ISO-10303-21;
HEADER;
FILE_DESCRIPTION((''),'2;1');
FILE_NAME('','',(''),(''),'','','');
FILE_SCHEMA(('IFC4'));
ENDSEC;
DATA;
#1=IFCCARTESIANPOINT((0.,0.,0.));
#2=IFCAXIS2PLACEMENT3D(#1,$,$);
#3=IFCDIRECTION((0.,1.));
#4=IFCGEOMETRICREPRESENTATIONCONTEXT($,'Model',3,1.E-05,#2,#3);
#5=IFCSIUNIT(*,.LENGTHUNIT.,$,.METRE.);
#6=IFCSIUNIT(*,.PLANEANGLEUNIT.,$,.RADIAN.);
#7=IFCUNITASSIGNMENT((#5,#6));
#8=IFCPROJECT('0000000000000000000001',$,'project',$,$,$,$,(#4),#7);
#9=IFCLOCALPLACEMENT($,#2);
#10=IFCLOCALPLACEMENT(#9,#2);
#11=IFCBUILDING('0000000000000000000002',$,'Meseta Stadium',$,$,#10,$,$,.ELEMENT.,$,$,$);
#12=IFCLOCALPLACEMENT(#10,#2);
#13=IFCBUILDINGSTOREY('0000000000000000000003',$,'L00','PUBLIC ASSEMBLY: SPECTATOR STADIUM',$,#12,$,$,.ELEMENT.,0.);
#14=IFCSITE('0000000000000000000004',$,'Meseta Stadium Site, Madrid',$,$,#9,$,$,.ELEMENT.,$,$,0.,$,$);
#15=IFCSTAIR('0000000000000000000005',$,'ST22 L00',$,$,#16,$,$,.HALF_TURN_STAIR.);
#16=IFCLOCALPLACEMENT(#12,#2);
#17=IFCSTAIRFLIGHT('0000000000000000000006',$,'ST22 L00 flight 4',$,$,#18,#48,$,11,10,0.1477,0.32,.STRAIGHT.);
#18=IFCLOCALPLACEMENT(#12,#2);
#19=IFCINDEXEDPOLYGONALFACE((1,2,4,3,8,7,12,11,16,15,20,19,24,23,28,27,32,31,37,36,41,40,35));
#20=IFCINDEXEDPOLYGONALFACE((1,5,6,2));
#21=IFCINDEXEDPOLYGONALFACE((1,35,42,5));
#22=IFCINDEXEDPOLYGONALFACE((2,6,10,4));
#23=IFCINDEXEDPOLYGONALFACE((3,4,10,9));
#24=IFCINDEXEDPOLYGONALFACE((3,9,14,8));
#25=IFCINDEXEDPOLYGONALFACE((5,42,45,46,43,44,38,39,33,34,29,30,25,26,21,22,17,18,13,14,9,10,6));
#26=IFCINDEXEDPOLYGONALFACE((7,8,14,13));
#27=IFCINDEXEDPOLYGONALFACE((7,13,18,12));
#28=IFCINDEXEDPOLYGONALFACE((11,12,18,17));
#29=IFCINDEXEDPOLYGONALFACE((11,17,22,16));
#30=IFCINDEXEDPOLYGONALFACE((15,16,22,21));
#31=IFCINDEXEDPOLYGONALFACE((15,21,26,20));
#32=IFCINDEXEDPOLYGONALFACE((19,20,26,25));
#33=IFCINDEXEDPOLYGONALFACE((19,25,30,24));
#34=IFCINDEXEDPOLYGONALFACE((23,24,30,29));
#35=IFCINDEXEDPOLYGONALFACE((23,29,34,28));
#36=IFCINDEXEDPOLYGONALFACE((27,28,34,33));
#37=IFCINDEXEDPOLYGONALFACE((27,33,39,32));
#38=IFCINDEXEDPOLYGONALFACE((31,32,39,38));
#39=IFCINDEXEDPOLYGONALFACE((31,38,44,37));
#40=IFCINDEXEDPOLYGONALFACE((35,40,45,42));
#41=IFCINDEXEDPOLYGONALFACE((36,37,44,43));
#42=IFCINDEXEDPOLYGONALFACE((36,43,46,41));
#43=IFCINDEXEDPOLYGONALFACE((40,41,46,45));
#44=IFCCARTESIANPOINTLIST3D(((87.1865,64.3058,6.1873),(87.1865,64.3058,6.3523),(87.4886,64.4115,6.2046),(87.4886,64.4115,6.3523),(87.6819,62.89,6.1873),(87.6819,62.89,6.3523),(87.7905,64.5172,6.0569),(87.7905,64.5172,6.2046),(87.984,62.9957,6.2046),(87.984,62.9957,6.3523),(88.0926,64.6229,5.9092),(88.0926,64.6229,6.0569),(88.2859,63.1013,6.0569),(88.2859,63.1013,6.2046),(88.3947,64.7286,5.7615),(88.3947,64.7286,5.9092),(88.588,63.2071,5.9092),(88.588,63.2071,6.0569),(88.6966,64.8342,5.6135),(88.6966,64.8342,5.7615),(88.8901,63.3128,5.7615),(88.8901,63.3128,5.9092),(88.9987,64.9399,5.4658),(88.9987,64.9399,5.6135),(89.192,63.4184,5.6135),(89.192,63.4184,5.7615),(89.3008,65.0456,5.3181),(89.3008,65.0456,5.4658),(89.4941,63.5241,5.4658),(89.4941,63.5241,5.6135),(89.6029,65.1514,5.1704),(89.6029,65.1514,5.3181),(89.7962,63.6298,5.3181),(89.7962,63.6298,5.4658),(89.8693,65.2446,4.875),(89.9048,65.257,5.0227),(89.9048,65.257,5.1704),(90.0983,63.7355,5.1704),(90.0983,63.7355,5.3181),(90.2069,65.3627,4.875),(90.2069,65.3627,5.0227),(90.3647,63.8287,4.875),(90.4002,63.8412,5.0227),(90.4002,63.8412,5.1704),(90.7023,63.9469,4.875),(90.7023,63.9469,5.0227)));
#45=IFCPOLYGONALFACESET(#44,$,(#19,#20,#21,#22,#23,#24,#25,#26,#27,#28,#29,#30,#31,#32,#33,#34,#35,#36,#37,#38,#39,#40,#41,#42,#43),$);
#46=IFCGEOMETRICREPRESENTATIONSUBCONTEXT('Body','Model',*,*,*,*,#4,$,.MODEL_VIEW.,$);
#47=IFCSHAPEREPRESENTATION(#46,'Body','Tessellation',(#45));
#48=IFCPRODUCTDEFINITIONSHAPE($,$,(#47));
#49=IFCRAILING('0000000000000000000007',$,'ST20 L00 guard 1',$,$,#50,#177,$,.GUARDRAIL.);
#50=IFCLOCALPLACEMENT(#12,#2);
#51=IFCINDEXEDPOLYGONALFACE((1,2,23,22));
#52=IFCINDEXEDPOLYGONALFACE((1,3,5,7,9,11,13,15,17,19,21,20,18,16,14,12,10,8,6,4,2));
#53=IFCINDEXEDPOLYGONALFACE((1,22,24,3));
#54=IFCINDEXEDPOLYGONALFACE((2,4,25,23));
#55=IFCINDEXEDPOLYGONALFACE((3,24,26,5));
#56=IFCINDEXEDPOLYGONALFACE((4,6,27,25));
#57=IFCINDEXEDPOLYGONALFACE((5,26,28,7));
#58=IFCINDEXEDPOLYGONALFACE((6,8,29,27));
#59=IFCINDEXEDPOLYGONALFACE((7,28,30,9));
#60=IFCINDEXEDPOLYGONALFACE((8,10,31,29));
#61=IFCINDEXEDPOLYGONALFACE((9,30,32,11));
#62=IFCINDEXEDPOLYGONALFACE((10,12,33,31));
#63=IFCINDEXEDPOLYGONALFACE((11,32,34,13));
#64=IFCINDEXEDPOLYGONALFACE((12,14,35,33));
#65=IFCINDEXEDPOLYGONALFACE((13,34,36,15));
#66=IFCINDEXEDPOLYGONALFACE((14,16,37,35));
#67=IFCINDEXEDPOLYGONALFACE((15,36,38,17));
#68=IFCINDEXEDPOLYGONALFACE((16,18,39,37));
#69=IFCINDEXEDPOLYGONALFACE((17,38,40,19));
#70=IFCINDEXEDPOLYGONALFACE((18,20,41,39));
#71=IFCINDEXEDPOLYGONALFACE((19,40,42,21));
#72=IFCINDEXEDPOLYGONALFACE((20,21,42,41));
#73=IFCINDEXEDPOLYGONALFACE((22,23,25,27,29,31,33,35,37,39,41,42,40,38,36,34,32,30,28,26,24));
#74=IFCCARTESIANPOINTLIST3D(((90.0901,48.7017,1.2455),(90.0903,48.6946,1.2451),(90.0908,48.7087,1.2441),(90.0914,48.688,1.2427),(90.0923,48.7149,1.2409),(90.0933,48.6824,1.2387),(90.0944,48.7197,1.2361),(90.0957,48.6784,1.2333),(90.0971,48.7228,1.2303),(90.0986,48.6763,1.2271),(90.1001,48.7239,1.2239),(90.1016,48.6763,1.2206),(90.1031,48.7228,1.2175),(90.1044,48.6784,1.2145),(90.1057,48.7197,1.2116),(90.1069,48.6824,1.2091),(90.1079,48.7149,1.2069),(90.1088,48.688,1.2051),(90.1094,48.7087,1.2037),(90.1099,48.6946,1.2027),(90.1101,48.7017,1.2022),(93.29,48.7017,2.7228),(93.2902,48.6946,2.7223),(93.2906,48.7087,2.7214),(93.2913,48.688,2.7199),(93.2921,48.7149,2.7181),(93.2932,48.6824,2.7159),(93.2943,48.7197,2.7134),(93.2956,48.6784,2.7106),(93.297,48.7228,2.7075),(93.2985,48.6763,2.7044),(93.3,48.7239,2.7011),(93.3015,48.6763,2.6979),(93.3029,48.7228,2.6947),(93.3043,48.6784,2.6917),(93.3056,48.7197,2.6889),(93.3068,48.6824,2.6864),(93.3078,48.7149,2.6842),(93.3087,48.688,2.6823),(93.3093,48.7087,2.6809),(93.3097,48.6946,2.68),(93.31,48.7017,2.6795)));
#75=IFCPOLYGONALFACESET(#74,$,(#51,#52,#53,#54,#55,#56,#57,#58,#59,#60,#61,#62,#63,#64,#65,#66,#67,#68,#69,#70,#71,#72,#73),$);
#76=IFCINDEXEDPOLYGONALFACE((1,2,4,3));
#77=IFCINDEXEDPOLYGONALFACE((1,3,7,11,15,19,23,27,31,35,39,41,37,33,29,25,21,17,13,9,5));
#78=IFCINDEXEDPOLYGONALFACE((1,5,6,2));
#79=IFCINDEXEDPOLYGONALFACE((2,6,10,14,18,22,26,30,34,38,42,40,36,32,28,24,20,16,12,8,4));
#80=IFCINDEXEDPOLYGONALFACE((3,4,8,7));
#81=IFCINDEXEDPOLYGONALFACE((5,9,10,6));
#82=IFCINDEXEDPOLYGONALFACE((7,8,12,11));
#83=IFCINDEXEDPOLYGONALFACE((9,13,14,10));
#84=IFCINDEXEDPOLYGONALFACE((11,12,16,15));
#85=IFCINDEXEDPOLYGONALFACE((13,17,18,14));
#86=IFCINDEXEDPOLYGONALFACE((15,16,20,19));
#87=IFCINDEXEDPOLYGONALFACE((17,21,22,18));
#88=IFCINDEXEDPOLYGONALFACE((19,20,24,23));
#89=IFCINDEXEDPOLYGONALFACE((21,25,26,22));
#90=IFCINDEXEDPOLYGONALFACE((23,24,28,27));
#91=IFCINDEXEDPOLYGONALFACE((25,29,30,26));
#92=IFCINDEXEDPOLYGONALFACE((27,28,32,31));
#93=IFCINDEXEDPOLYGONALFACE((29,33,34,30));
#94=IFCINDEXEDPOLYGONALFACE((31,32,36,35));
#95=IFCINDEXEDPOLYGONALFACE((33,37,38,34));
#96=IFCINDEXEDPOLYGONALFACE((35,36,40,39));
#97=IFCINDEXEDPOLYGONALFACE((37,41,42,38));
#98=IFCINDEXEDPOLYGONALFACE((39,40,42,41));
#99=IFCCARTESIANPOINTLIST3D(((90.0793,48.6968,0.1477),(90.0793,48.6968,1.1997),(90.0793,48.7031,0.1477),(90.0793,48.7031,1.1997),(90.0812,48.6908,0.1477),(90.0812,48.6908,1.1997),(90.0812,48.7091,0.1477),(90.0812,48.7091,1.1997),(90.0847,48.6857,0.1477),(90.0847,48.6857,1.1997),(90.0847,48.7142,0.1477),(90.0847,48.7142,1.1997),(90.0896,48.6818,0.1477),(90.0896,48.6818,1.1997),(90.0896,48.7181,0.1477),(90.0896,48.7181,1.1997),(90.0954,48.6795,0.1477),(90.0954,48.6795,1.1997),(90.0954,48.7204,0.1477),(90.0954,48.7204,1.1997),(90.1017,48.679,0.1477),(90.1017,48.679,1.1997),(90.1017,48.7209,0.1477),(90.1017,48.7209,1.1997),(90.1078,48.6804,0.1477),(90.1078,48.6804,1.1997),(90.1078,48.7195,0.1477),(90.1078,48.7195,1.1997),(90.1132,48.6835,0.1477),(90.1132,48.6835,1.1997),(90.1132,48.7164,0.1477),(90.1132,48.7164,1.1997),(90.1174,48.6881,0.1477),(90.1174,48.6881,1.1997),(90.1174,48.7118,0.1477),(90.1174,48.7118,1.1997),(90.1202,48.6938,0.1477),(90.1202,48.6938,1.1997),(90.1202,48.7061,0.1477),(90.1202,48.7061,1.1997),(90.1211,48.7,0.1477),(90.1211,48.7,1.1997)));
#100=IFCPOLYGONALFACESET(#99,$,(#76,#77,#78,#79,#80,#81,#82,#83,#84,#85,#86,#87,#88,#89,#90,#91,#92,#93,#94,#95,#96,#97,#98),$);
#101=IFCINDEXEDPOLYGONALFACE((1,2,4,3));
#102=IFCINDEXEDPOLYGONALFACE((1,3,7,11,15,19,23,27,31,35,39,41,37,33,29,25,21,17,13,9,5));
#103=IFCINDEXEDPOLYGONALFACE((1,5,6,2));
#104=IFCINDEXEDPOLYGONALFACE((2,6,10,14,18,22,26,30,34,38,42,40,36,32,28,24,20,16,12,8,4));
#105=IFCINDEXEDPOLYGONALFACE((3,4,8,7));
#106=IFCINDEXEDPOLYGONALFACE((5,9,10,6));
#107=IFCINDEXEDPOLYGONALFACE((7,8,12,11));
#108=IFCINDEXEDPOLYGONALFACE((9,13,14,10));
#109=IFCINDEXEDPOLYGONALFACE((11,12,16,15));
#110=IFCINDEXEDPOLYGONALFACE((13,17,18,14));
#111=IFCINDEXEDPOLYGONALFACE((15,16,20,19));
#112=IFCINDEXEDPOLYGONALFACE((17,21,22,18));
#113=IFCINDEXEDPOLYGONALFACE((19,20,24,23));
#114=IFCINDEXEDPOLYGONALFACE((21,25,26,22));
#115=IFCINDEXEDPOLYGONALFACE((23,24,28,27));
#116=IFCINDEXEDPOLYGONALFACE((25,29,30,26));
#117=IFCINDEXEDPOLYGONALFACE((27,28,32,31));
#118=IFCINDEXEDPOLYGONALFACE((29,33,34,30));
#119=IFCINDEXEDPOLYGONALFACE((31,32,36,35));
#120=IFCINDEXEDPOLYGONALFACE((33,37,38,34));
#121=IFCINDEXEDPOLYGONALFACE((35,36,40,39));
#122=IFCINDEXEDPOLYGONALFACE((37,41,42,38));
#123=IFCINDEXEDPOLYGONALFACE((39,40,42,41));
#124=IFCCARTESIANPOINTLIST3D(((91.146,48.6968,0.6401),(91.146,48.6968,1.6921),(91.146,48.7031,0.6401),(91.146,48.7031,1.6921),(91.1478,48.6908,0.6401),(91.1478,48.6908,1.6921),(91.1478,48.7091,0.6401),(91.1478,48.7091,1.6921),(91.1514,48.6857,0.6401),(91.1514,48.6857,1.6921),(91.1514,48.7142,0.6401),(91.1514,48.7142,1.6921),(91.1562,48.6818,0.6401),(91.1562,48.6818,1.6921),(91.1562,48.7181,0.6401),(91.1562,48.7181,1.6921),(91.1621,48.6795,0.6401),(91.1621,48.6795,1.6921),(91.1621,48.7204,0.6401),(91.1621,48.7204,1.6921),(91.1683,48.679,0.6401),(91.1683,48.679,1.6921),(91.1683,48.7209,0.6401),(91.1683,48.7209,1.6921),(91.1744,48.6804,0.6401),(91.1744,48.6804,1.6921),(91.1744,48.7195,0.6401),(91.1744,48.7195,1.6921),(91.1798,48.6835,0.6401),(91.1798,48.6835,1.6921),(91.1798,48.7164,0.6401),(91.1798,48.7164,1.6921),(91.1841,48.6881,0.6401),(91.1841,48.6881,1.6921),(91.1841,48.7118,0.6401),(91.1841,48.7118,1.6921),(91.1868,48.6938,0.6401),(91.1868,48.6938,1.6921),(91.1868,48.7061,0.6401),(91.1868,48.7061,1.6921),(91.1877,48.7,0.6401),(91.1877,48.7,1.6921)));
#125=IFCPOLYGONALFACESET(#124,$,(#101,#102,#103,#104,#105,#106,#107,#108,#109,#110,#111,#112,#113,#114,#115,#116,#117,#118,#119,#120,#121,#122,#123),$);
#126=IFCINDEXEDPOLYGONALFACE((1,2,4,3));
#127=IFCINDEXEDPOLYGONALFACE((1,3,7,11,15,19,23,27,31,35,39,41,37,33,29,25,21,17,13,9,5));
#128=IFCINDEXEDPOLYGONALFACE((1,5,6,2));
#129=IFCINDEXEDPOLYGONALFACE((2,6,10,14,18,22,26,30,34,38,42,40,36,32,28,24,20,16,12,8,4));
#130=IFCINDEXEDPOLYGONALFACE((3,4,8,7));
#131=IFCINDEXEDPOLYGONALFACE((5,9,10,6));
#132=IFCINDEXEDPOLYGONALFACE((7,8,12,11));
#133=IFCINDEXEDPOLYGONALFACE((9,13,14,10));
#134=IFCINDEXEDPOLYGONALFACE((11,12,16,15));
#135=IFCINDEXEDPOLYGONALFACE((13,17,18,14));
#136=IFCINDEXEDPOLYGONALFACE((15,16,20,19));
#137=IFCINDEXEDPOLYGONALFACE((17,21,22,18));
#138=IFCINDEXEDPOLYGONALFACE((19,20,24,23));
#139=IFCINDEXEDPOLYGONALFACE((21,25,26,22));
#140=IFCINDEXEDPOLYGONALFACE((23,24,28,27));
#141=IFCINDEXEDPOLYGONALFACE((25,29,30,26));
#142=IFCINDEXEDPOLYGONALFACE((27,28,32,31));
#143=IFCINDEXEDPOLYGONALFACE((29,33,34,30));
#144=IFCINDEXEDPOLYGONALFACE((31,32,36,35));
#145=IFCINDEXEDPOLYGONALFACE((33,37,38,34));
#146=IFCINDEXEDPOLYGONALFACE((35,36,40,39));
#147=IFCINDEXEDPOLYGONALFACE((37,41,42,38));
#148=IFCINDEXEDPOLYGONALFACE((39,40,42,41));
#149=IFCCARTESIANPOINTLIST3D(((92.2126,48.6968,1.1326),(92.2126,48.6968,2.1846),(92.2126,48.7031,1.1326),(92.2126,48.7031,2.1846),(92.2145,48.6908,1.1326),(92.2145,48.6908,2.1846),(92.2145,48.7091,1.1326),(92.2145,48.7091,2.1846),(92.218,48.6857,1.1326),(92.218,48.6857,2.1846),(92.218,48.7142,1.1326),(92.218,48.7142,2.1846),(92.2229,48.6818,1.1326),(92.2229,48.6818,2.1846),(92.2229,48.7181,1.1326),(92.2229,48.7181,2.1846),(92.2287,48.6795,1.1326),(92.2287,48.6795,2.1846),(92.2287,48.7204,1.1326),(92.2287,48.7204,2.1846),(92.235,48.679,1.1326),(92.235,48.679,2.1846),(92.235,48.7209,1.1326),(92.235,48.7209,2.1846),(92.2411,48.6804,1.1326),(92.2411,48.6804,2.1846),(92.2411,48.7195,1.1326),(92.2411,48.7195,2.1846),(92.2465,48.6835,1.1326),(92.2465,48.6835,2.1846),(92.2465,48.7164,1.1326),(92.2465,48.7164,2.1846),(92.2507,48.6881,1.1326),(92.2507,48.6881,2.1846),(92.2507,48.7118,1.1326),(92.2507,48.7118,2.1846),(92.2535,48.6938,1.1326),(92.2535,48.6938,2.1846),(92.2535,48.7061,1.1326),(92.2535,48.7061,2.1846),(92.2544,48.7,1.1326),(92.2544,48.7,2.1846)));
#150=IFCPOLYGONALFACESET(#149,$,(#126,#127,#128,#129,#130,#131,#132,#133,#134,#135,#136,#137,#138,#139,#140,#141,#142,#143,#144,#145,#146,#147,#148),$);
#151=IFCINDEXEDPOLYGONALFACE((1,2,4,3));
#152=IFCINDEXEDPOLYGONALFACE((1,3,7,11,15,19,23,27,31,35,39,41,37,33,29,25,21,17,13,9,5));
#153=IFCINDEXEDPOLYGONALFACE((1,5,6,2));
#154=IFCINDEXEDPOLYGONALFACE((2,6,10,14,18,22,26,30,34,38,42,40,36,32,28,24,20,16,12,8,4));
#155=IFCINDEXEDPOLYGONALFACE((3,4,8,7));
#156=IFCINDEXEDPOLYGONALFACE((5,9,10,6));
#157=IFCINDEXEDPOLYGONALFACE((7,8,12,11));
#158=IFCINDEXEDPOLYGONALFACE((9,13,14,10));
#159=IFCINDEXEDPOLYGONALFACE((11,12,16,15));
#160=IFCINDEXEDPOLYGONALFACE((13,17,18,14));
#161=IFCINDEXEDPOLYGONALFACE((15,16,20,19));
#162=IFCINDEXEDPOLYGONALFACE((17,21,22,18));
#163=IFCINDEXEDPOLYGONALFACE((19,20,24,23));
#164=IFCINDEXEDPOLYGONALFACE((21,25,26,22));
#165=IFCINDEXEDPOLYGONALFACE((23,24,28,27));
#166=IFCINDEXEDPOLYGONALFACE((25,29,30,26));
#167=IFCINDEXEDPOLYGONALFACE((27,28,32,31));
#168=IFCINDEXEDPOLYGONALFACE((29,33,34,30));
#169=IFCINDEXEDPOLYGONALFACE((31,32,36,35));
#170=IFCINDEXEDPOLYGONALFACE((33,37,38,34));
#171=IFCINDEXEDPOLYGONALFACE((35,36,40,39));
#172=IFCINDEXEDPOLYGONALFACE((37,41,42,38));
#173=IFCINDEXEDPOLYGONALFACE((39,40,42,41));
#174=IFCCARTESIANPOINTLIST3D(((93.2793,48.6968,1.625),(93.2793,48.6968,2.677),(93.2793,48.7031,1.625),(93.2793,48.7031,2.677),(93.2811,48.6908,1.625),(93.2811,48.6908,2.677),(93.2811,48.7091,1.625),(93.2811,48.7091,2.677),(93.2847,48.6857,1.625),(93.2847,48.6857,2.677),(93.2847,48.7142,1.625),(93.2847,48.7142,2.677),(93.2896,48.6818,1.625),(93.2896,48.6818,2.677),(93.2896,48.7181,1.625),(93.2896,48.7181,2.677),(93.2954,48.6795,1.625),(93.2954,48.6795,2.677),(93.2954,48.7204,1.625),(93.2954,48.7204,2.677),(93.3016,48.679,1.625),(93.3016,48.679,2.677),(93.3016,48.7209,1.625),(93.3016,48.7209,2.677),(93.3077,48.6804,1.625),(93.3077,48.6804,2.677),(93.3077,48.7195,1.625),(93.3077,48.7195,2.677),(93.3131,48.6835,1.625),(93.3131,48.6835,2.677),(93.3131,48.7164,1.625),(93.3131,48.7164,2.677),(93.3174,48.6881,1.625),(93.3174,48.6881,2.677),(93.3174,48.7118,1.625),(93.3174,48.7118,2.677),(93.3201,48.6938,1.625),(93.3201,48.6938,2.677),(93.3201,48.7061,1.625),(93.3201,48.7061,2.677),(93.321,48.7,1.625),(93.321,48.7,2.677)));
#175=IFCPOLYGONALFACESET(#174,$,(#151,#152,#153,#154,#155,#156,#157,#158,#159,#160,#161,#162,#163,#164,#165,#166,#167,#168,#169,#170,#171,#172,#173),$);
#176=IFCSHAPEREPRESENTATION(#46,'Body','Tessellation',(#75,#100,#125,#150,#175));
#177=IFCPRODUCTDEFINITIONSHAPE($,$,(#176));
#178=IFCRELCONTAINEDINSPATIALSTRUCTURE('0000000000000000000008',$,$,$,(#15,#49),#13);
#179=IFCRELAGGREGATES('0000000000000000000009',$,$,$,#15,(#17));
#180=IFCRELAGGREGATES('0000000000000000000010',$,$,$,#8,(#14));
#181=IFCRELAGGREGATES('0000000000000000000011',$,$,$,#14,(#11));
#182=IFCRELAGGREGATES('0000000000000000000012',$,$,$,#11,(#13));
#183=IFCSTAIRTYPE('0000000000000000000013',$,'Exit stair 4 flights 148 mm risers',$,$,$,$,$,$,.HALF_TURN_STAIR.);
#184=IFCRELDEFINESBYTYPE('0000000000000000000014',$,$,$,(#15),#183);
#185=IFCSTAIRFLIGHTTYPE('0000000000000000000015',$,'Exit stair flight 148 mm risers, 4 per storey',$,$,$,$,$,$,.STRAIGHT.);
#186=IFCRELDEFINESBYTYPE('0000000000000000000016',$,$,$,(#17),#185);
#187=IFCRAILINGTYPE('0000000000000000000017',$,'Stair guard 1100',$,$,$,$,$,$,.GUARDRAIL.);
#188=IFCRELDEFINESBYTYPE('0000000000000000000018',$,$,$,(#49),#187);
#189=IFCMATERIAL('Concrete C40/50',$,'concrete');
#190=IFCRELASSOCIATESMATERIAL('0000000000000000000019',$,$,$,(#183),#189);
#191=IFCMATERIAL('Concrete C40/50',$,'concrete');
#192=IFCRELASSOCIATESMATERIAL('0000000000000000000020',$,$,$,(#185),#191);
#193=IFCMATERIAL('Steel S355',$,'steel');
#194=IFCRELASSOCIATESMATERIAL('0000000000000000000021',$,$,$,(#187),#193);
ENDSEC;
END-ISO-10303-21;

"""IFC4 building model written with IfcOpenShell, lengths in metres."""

from ifc_helpers import new_model, si_unit, direction, frame, origin, origin_2d, place, context, subcontext, project, spatial, polyline, circle, outline, extrude, material, type_object, element, aggregate, save


model = new_model("IFC4")

# Units and contexts
model_context = context("Model", 3, precision=1e-05, world=origin(), true_north=direction((0.0, 1.0)))
body_context = subcontext(model_context, "Body", "Model", "MODEL_VIEW")
ifc_project = project(units=[si_unit("LENGTHUNIT", "METRE"), si_unit("PLANEANGLEUNIT", "RADIAN")], contexts=[model_context])

# Site, building, storey
site_placement = place(None, origin())
site = spatial("IfcSite", under=ifc_project, at=site_placement, Name="Meseta Stadium Site, Madrid", CompositionType="ELEMENT", RefElevation=0.0)
building_placement = place(site_placement, origin())
building = spatial("IfcBuilding", under=site, at=building_placement, Name="Meseta Stadium", CompositionType="ELEMENT")
storey_placement = place(building_placement, origin())
storey = spatial("IfcBuildingStorey", under=building, at=storey_placement, Name="L00", Description="PUBLIC ASSEMBLY: SPECTATOR STADIUM", CompositionType="ELEMENT", Elevation=0.0)

# Stair, stair flight
ifc_material_1 = material(Name="Concrete C40/50", Category="concrete")
stair_type = type_object("IfcStairType", Name="Exit stair 4 flights 148 mm risers", PredefinedType="HALF_TURN_STAIR", material=ifc_material_1)
ifc_material_2 = material(Name="Concrete C40/50", Category="concrete")
stair_flight_type = type_object("IfcStairFlightType", Name="Exit stair flight 148 mm risers, 4 per storey", PredefinedType="STRAIGHT", material=ifc_material_2)
stair_1_placement = place(storey_placement, origin())
stair_1 = element("IfcStair", 1, at=stair_1_placement, inside=storey, type_object=stair_type, Name="ST22 L00", PredefinedType="HALF_TURN_STAIR")
stair_flight_1_placement = place(storey_placement, frame((90.4546, 64.6548, 4.875), z_axis=(0.0, 0.0, 1.0), x_axis=(-0.943883, -0.330279, 0.0)))
stair_flight_1 = element("IfcStairFlight", 2, at=stair_flight_1_placement, type_object=stair_flight_type, Name="ST22 L00 flight 4", NumberOfRisers=11, NumberOfTreads=10, PredefinedType="STRAIGHT", RiserHeight=0.1477, TreadLength=0.32, context=body_context, shape_type="SweptSolid", body=[
    extrude(outline(polyline([(0.0, 0.0), (0.0, 0.1477), (0.3201, 0.1477), (0.3201, 0.2954), (0.6399, 0.2954), (0.6399, 0.4431), (0.96, 0.4431), (0.96, 0.5908), (1.28, 0.5908), (1.28, 0.7385), (1.6001, 0.7385), (1.6001, 0.8865), (1.9199, 0.8865), (1.9199, 1.0342), (2.24, 1.0342), (2.24, 1.1819), (2.5601, 1.1819), (2.5601, 1.3296), (2.8799, 1.3296), (2.8799, 1.4773), (3.2, 1.4773), (3.2, 1.3123), (0.3577, 0.0), (0.0, 0.0)])), frame((0.0, 0.75, 0.0), z_axis=(0.0, -1.0, 0.0), x_axis=(1.0, 0.0, 0.0)), (0.0, 0.0, 1.0), 1.5),
])
aggregate(stair_1, [stair_flight_1])

# Railing
ifc_material_3 = material(Name="Steel S355", Category="steel")
railing_type_1 = type_object("IfcRailingType", Name="Stair guard 1100", PredefinedType="GUARDRAIL", material=ifc_material_3)
railing_1_placement = place(storey_placement, frame((90.1001, 48.7, 0.1477)))
element("IfcRailing", 3, at=railing_1_placement, inside=storey, type_object=railing_type_1, Name="ST20 L00 guard 1", PredefinedType="GUARDRAIL", context=body_context, shape_type="SweptSolid", body=[
    extrude(circle(Radius=0.0239, at=origin_2d()), frame((0.0, 0.0, 1.0762), z_axis=(0.907917, 0.0, 0.41915), x_axis=(0.0, 1.0, 0.0)), (0.0, 0.0, 1.0), 3.5244),
    extrude(circle(Radius=0.021, at=origin_2d()), origin(), (0.0, 0.0, 1.0), 1.052),
    extrude(circle(Radius=0.021, at=origin_2d()), frame((1.0667, 0.0, 0.4924)), (0.0, 0.0, 1.0), 1.052),
    extrude(circle(Radius=0.021, at=origin_2d()), frame((2.1333, 0.0, 0.9849)), (0.0, 0.0, 1.0), 1.052),
    extrude(circle(Radius=0.021, at=origin_2d()), frame((3.2, 0.0, 1.4773)), (0.0, 0.0, 1.0), 1.052),
])

save(model, "model.ifc")
